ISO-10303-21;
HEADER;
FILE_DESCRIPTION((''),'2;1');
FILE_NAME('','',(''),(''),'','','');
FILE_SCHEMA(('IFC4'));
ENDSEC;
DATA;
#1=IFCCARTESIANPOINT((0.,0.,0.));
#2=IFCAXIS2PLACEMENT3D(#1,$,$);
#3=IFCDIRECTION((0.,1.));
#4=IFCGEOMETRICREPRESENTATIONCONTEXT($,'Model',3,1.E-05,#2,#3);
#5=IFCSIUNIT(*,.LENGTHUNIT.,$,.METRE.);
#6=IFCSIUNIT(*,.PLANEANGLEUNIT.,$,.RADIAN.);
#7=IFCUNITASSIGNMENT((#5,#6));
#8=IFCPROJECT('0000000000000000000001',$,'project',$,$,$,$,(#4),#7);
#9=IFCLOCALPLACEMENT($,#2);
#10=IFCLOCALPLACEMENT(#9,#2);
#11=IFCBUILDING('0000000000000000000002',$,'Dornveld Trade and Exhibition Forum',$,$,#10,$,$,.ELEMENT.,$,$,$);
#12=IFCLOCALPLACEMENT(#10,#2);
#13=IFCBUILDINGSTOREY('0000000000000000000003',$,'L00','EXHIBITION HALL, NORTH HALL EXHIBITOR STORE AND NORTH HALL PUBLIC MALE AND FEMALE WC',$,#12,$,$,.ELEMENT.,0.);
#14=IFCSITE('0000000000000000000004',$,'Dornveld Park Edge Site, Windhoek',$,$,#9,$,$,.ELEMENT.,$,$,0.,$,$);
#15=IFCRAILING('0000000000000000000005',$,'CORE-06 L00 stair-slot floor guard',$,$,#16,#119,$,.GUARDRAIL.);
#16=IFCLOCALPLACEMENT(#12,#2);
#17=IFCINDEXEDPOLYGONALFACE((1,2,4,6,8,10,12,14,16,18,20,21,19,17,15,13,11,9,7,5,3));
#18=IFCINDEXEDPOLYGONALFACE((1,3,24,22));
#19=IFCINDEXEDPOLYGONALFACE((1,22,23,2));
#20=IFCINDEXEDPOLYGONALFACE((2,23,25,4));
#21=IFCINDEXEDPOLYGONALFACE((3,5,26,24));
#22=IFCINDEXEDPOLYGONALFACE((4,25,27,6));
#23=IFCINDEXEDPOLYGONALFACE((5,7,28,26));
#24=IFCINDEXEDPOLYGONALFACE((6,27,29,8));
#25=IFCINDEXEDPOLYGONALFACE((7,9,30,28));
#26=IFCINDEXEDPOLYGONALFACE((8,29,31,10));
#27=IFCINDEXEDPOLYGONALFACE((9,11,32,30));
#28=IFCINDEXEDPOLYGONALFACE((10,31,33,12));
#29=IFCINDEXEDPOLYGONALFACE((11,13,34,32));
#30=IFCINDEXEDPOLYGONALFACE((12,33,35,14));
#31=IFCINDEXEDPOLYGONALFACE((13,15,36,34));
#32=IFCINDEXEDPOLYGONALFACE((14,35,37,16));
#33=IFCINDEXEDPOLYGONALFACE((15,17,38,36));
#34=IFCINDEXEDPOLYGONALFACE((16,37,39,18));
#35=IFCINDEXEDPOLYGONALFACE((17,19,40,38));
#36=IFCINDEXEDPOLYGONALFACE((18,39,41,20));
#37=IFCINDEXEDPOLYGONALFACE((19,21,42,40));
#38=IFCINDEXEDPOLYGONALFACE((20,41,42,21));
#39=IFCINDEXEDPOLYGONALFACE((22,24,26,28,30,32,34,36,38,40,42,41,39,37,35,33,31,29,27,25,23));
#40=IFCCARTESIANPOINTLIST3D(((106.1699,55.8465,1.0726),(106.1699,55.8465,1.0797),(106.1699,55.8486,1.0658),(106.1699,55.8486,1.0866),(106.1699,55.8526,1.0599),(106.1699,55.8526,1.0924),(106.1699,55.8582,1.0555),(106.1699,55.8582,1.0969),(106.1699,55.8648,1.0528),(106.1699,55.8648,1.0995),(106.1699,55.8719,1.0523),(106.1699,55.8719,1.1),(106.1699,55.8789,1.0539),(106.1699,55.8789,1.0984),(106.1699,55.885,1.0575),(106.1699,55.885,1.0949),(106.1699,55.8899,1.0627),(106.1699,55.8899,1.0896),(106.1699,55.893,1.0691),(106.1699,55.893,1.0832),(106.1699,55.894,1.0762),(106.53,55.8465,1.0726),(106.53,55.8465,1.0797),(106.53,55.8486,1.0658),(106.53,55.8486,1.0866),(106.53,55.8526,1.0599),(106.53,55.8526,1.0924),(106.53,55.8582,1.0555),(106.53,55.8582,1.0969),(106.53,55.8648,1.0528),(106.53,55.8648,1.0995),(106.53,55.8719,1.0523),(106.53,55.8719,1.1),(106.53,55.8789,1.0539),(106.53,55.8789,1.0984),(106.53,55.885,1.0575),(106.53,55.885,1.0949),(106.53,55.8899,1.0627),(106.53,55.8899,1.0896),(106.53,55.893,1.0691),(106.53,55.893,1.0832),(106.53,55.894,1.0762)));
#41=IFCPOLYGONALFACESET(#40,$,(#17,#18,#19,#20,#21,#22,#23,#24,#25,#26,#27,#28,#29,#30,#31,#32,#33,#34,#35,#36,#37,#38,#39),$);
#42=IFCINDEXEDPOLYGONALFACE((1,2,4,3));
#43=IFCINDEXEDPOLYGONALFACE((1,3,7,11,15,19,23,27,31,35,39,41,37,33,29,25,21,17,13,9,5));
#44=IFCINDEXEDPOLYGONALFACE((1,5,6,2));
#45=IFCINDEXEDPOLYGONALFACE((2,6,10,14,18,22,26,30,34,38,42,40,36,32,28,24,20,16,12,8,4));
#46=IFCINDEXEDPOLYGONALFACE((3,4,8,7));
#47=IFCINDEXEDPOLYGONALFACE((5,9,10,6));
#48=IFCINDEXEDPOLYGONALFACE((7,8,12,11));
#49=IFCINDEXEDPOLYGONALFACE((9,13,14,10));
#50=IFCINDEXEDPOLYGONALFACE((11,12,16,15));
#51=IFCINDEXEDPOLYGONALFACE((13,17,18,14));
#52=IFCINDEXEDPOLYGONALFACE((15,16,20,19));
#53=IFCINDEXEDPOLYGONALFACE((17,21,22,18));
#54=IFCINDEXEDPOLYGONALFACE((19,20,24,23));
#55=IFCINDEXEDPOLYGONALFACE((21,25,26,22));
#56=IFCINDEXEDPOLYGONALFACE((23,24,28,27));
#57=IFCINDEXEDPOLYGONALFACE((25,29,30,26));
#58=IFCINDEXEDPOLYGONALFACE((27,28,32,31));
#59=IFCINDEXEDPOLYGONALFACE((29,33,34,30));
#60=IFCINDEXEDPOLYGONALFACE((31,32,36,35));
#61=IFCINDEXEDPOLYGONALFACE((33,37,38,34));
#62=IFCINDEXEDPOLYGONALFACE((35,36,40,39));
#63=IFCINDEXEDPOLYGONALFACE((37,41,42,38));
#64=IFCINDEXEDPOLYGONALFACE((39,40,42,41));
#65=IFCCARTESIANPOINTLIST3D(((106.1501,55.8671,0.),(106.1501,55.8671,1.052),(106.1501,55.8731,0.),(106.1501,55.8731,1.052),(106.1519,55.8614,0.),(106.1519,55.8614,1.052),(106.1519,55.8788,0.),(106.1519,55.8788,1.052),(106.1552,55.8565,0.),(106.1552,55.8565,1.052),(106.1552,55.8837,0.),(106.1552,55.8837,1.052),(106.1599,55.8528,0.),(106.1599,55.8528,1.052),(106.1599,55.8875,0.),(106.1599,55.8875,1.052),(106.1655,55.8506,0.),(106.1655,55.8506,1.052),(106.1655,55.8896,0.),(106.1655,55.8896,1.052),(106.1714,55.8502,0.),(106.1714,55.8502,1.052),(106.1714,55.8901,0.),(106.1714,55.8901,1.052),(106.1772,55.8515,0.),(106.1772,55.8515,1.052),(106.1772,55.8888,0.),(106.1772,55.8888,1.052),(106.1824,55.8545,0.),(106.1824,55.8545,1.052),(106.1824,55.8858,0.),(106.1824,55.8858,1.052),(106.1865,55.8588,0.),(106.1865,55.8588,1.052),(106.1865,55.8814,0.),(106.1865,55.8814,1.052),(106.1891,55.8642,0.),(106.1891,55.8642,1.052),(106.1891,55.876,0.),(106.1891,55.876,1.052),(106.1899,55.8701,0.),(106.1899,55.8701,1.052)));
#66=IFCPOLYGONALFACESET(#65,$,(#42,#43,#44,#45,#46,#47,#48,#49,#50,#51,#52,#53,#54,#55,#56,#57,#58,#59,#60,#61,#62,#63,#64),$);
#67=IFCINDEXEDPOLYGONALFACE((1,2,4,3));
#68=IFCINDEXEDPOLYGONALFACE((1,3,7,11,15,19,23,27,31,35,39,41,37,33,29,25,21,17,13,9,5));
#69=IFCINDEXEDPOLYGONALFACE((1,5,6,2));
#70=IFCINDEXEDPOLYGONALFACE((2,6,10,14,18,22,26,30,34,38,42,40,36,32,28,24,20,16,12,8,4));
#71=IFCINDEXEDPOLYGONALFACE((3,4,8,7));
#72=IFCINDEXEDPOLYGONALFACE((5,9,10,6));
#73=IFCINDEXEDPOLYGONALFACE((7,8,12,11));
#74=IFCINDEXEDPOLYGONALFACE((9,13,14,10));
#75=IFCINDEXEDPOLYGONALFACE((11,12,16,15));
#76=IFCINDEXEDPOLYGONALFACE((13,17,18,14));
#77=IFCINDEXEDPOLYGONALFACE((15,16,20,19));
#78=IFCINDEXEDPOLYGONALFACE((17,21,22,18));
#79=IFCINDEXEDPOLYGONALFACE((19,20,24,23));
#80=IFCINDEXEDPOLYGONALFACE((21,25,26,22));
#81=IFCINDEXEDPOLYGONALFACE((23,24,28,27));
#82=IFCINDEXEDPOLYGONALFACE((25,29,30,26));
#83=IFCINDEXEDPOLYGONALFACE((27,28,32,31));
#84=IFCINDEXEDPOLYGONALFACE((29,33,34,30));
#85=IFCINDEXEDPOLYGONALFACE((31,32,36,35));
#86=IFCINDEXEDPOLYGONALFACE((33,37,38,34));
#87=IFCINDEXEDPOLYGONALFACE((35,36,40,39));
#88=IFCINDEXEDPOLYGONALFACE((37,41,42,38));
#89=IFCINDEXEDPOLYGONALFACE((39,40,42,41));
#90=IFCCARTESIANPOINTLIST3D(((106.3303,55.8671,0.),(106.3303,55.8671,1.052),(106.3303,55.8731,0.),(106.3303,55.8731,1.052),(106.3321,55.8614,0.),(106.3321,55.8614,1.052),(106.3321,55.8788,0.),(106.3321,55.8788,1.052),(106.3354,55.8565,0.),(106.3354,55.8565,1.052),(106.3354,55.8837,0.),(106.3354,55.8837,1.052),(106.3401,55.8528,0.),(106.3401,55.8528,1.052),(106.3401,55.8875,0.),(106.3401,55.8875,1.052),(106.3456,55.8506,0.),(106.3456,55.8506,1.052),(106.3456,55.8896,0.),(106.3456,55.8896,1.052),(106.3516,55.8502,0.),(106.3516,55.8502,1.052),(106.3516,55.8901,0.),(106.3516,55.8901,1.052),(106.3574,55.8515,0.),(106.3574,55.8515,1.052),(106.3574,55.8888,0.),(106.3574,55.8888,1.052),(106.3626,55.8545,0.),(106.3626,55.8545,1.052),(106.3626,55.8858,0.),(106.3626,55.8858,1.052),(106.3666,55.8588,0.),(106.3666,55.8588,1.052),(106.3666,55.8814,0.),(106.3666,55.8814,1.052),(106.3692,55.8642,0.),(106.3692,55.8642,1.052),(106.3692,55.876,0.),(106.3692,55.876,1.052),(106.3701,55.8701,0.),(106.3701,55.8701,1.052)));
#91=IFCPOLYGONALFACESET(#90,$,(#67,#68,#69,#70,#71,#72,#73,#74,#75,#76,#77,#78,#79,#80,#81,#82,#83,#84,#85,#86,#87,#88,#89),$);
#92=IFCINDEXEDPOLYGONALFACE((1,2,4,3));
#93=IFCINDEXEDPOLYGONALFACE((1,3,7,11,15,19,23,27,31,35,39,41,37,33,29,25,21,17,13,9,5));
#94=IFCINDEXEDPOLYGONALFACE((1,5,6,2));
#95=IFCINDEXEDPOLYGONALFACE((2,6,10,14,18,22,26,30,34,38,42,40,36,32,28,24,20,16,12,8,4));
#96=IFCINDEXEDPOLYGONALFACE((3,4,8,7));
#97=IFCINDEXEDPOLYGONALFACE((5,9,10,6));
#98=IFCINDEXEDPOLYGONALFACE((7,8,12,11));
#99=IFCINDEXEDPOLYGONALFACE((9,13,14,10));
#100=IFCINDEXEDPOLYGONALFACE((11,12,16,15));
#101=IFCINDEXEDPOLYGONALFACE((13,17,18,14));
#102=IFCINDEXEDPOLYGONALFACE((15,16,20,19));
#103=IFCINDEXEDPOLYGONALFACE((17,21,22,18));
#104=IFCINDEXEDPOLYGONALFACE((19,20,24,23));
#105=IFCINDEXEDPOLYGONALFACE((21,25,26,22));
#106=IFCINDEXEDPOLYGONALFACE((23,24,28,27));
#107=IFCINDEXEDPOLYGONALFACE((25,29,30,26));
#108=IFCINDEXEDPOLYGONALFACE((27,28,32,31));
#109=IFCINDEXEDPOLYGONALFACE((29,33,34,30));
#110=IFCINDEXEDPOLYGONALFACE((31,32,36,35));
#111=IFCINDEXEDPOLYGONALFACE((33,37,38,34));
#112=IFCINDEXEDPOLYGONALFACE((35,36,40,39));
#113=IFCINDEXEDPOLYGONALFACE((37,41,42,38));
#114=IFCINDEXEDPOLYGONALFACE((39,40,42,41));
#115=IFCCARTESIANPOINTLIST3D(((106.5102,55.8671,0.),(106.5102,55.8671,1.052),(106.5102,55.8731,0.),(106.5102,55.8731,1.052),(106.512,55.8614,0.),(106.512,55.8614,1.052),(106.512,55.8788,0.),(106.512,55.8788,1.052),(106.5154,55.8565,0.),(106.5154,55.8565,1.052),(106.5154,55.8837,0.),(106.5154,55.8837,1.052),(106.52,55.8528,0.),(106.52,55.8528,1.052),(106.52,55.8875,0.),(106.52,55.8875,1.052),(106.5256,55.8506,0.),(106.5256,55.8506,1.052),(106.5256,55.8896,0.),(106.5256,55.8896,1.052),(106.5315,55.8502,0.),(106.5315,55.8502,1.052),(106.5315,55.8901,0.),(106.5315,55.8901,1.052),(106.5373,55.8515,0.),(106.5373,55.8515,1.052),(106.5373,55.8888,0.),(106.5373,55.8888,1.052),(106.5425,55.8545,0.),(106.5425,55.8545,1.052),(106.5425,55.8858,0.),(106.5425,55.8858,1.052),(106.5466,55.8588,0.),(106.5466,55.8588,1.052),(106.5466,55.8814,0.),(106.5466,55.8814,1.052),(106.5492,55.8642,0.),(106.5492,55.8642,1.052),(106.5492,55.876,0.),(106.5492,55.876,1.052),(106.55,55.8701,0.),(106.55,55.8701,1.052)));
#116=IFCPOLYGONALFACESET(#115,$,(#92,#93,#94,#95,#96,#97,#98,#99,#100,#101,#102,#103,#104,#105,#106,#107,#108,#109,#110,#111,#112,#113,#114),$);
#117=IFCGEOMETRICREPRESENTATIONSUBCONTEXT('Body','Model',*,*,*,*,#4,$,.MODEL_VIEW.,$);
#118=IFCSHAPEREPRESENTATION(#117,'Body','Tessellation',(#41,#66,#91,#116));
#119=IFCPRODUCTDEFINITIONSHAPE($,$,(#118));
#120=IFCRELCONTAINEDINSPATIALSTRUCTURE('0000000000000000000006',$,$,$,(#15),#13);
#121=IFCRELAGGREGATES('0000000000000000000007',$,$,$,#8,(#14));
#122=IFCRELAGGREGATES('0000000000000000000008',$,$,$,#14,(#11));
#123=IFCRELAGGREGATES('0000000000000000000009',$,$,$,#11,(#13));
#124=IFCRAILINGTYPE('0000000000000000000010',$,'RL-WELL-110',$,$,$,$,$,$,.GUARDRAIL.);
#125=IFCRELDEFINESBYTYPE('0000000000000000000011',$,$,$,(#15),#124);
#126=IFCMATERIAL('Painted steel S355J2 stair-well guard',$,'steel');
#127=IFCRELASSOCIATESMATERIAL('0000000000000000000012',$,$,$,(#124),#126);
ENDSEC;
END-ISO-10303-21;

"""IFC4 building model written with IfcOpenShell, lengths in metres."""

from ifc_helpers import new_model, si_unit, direction, frame, origin, origin_2d, place, context, subcontext, project, spatial, circle, extrude, material, type_object, element, save


model = new_model("IFC4")

# Units and contexts
model_context = context("Model", 3, precision=1e-05, world=origin(), true_north=direction((0.0, 1.0)))
body_context = subcontext(model_context, "Body", "Model", "MODEL_VIEW")
ifc_project = project(units=[si_unit("LENGTHUNIT", "METRE"), si_unit("PLANEANGLEUNIT", "RADIAN")], contexts=[model_context])

# Site, building, storey
site_placement = place(None, origin())
site = spatial("IfcSite", under=ifc_project, at=site_placement, Name="Dornveld Park Edge Site, Windhoek", CompositionType="ELEMENT", RefElevation=0.0)
building_placement = place(site_placement, origin())
building = spatial("IfcBuilding", under=site, at=building_placement, Name="Dornveld Trade and Exhibition Forum", CompositionType="ELEMENT")
storey_placement = place(building_placement, origin())
storey = spatial("IfcBuildingStorey", under=building, at=storey_placement, Name="L00", Description="EXHIBITION HALL, NORTH HALL EXHIBITOR STORE AND NORTH HALL PUBLIC MALE AND FEMALE WC", CompositionType="ELEMENT", Elevation=0.0)

# Railing
ifc_material_1 = material(Name="Painted steel S355J2 stair-well guard", Category="steel")
railing_type_1 = type_object("IfcRailingType", Name="RL-WELL-110", PredefinedType="GUARDRAIL", material=ifc_material_1)
railing_1_placement = place(storey_placement, frame((106.1699, 55.8701, 0.0)))
element("IfcRailing", 1, at=railing_1_placement, inside=storey, type_object=railing_type_1, Name="CORE-06 L00 stair-slot floor guard", PredefinedType="GUARDRAIL", context=body_context, shape_type="SweptSolid", body=[
    extrude(circle(Radius=0.0239, at=origin_2d()), frame((0.0, 0.0, 1.0762), z_axis=(1.0, 0.0, 0.0), x_axis=(0.0, 1.0, 0.0)), (0.0, 0.0, 1.0), 0.3601),
    extrude(circle(Radius=0.02, at=origin_2d()), origin(), (0.0, 0.0, 1.0), 1.052),
    extrude(circle(Radius=0.02, at=origin_2d()), frame((0.1802, 0.0, 0.0)), (0.0, 0.0, 1.0), 1.052),
    extrude(circle(Radius=0.02, at=origin_2d()), frame((0.3601, 0.0, 0.0)), (0.0, 0.0, 1.0), 1.052),
])

save(model, "model.ifc")
